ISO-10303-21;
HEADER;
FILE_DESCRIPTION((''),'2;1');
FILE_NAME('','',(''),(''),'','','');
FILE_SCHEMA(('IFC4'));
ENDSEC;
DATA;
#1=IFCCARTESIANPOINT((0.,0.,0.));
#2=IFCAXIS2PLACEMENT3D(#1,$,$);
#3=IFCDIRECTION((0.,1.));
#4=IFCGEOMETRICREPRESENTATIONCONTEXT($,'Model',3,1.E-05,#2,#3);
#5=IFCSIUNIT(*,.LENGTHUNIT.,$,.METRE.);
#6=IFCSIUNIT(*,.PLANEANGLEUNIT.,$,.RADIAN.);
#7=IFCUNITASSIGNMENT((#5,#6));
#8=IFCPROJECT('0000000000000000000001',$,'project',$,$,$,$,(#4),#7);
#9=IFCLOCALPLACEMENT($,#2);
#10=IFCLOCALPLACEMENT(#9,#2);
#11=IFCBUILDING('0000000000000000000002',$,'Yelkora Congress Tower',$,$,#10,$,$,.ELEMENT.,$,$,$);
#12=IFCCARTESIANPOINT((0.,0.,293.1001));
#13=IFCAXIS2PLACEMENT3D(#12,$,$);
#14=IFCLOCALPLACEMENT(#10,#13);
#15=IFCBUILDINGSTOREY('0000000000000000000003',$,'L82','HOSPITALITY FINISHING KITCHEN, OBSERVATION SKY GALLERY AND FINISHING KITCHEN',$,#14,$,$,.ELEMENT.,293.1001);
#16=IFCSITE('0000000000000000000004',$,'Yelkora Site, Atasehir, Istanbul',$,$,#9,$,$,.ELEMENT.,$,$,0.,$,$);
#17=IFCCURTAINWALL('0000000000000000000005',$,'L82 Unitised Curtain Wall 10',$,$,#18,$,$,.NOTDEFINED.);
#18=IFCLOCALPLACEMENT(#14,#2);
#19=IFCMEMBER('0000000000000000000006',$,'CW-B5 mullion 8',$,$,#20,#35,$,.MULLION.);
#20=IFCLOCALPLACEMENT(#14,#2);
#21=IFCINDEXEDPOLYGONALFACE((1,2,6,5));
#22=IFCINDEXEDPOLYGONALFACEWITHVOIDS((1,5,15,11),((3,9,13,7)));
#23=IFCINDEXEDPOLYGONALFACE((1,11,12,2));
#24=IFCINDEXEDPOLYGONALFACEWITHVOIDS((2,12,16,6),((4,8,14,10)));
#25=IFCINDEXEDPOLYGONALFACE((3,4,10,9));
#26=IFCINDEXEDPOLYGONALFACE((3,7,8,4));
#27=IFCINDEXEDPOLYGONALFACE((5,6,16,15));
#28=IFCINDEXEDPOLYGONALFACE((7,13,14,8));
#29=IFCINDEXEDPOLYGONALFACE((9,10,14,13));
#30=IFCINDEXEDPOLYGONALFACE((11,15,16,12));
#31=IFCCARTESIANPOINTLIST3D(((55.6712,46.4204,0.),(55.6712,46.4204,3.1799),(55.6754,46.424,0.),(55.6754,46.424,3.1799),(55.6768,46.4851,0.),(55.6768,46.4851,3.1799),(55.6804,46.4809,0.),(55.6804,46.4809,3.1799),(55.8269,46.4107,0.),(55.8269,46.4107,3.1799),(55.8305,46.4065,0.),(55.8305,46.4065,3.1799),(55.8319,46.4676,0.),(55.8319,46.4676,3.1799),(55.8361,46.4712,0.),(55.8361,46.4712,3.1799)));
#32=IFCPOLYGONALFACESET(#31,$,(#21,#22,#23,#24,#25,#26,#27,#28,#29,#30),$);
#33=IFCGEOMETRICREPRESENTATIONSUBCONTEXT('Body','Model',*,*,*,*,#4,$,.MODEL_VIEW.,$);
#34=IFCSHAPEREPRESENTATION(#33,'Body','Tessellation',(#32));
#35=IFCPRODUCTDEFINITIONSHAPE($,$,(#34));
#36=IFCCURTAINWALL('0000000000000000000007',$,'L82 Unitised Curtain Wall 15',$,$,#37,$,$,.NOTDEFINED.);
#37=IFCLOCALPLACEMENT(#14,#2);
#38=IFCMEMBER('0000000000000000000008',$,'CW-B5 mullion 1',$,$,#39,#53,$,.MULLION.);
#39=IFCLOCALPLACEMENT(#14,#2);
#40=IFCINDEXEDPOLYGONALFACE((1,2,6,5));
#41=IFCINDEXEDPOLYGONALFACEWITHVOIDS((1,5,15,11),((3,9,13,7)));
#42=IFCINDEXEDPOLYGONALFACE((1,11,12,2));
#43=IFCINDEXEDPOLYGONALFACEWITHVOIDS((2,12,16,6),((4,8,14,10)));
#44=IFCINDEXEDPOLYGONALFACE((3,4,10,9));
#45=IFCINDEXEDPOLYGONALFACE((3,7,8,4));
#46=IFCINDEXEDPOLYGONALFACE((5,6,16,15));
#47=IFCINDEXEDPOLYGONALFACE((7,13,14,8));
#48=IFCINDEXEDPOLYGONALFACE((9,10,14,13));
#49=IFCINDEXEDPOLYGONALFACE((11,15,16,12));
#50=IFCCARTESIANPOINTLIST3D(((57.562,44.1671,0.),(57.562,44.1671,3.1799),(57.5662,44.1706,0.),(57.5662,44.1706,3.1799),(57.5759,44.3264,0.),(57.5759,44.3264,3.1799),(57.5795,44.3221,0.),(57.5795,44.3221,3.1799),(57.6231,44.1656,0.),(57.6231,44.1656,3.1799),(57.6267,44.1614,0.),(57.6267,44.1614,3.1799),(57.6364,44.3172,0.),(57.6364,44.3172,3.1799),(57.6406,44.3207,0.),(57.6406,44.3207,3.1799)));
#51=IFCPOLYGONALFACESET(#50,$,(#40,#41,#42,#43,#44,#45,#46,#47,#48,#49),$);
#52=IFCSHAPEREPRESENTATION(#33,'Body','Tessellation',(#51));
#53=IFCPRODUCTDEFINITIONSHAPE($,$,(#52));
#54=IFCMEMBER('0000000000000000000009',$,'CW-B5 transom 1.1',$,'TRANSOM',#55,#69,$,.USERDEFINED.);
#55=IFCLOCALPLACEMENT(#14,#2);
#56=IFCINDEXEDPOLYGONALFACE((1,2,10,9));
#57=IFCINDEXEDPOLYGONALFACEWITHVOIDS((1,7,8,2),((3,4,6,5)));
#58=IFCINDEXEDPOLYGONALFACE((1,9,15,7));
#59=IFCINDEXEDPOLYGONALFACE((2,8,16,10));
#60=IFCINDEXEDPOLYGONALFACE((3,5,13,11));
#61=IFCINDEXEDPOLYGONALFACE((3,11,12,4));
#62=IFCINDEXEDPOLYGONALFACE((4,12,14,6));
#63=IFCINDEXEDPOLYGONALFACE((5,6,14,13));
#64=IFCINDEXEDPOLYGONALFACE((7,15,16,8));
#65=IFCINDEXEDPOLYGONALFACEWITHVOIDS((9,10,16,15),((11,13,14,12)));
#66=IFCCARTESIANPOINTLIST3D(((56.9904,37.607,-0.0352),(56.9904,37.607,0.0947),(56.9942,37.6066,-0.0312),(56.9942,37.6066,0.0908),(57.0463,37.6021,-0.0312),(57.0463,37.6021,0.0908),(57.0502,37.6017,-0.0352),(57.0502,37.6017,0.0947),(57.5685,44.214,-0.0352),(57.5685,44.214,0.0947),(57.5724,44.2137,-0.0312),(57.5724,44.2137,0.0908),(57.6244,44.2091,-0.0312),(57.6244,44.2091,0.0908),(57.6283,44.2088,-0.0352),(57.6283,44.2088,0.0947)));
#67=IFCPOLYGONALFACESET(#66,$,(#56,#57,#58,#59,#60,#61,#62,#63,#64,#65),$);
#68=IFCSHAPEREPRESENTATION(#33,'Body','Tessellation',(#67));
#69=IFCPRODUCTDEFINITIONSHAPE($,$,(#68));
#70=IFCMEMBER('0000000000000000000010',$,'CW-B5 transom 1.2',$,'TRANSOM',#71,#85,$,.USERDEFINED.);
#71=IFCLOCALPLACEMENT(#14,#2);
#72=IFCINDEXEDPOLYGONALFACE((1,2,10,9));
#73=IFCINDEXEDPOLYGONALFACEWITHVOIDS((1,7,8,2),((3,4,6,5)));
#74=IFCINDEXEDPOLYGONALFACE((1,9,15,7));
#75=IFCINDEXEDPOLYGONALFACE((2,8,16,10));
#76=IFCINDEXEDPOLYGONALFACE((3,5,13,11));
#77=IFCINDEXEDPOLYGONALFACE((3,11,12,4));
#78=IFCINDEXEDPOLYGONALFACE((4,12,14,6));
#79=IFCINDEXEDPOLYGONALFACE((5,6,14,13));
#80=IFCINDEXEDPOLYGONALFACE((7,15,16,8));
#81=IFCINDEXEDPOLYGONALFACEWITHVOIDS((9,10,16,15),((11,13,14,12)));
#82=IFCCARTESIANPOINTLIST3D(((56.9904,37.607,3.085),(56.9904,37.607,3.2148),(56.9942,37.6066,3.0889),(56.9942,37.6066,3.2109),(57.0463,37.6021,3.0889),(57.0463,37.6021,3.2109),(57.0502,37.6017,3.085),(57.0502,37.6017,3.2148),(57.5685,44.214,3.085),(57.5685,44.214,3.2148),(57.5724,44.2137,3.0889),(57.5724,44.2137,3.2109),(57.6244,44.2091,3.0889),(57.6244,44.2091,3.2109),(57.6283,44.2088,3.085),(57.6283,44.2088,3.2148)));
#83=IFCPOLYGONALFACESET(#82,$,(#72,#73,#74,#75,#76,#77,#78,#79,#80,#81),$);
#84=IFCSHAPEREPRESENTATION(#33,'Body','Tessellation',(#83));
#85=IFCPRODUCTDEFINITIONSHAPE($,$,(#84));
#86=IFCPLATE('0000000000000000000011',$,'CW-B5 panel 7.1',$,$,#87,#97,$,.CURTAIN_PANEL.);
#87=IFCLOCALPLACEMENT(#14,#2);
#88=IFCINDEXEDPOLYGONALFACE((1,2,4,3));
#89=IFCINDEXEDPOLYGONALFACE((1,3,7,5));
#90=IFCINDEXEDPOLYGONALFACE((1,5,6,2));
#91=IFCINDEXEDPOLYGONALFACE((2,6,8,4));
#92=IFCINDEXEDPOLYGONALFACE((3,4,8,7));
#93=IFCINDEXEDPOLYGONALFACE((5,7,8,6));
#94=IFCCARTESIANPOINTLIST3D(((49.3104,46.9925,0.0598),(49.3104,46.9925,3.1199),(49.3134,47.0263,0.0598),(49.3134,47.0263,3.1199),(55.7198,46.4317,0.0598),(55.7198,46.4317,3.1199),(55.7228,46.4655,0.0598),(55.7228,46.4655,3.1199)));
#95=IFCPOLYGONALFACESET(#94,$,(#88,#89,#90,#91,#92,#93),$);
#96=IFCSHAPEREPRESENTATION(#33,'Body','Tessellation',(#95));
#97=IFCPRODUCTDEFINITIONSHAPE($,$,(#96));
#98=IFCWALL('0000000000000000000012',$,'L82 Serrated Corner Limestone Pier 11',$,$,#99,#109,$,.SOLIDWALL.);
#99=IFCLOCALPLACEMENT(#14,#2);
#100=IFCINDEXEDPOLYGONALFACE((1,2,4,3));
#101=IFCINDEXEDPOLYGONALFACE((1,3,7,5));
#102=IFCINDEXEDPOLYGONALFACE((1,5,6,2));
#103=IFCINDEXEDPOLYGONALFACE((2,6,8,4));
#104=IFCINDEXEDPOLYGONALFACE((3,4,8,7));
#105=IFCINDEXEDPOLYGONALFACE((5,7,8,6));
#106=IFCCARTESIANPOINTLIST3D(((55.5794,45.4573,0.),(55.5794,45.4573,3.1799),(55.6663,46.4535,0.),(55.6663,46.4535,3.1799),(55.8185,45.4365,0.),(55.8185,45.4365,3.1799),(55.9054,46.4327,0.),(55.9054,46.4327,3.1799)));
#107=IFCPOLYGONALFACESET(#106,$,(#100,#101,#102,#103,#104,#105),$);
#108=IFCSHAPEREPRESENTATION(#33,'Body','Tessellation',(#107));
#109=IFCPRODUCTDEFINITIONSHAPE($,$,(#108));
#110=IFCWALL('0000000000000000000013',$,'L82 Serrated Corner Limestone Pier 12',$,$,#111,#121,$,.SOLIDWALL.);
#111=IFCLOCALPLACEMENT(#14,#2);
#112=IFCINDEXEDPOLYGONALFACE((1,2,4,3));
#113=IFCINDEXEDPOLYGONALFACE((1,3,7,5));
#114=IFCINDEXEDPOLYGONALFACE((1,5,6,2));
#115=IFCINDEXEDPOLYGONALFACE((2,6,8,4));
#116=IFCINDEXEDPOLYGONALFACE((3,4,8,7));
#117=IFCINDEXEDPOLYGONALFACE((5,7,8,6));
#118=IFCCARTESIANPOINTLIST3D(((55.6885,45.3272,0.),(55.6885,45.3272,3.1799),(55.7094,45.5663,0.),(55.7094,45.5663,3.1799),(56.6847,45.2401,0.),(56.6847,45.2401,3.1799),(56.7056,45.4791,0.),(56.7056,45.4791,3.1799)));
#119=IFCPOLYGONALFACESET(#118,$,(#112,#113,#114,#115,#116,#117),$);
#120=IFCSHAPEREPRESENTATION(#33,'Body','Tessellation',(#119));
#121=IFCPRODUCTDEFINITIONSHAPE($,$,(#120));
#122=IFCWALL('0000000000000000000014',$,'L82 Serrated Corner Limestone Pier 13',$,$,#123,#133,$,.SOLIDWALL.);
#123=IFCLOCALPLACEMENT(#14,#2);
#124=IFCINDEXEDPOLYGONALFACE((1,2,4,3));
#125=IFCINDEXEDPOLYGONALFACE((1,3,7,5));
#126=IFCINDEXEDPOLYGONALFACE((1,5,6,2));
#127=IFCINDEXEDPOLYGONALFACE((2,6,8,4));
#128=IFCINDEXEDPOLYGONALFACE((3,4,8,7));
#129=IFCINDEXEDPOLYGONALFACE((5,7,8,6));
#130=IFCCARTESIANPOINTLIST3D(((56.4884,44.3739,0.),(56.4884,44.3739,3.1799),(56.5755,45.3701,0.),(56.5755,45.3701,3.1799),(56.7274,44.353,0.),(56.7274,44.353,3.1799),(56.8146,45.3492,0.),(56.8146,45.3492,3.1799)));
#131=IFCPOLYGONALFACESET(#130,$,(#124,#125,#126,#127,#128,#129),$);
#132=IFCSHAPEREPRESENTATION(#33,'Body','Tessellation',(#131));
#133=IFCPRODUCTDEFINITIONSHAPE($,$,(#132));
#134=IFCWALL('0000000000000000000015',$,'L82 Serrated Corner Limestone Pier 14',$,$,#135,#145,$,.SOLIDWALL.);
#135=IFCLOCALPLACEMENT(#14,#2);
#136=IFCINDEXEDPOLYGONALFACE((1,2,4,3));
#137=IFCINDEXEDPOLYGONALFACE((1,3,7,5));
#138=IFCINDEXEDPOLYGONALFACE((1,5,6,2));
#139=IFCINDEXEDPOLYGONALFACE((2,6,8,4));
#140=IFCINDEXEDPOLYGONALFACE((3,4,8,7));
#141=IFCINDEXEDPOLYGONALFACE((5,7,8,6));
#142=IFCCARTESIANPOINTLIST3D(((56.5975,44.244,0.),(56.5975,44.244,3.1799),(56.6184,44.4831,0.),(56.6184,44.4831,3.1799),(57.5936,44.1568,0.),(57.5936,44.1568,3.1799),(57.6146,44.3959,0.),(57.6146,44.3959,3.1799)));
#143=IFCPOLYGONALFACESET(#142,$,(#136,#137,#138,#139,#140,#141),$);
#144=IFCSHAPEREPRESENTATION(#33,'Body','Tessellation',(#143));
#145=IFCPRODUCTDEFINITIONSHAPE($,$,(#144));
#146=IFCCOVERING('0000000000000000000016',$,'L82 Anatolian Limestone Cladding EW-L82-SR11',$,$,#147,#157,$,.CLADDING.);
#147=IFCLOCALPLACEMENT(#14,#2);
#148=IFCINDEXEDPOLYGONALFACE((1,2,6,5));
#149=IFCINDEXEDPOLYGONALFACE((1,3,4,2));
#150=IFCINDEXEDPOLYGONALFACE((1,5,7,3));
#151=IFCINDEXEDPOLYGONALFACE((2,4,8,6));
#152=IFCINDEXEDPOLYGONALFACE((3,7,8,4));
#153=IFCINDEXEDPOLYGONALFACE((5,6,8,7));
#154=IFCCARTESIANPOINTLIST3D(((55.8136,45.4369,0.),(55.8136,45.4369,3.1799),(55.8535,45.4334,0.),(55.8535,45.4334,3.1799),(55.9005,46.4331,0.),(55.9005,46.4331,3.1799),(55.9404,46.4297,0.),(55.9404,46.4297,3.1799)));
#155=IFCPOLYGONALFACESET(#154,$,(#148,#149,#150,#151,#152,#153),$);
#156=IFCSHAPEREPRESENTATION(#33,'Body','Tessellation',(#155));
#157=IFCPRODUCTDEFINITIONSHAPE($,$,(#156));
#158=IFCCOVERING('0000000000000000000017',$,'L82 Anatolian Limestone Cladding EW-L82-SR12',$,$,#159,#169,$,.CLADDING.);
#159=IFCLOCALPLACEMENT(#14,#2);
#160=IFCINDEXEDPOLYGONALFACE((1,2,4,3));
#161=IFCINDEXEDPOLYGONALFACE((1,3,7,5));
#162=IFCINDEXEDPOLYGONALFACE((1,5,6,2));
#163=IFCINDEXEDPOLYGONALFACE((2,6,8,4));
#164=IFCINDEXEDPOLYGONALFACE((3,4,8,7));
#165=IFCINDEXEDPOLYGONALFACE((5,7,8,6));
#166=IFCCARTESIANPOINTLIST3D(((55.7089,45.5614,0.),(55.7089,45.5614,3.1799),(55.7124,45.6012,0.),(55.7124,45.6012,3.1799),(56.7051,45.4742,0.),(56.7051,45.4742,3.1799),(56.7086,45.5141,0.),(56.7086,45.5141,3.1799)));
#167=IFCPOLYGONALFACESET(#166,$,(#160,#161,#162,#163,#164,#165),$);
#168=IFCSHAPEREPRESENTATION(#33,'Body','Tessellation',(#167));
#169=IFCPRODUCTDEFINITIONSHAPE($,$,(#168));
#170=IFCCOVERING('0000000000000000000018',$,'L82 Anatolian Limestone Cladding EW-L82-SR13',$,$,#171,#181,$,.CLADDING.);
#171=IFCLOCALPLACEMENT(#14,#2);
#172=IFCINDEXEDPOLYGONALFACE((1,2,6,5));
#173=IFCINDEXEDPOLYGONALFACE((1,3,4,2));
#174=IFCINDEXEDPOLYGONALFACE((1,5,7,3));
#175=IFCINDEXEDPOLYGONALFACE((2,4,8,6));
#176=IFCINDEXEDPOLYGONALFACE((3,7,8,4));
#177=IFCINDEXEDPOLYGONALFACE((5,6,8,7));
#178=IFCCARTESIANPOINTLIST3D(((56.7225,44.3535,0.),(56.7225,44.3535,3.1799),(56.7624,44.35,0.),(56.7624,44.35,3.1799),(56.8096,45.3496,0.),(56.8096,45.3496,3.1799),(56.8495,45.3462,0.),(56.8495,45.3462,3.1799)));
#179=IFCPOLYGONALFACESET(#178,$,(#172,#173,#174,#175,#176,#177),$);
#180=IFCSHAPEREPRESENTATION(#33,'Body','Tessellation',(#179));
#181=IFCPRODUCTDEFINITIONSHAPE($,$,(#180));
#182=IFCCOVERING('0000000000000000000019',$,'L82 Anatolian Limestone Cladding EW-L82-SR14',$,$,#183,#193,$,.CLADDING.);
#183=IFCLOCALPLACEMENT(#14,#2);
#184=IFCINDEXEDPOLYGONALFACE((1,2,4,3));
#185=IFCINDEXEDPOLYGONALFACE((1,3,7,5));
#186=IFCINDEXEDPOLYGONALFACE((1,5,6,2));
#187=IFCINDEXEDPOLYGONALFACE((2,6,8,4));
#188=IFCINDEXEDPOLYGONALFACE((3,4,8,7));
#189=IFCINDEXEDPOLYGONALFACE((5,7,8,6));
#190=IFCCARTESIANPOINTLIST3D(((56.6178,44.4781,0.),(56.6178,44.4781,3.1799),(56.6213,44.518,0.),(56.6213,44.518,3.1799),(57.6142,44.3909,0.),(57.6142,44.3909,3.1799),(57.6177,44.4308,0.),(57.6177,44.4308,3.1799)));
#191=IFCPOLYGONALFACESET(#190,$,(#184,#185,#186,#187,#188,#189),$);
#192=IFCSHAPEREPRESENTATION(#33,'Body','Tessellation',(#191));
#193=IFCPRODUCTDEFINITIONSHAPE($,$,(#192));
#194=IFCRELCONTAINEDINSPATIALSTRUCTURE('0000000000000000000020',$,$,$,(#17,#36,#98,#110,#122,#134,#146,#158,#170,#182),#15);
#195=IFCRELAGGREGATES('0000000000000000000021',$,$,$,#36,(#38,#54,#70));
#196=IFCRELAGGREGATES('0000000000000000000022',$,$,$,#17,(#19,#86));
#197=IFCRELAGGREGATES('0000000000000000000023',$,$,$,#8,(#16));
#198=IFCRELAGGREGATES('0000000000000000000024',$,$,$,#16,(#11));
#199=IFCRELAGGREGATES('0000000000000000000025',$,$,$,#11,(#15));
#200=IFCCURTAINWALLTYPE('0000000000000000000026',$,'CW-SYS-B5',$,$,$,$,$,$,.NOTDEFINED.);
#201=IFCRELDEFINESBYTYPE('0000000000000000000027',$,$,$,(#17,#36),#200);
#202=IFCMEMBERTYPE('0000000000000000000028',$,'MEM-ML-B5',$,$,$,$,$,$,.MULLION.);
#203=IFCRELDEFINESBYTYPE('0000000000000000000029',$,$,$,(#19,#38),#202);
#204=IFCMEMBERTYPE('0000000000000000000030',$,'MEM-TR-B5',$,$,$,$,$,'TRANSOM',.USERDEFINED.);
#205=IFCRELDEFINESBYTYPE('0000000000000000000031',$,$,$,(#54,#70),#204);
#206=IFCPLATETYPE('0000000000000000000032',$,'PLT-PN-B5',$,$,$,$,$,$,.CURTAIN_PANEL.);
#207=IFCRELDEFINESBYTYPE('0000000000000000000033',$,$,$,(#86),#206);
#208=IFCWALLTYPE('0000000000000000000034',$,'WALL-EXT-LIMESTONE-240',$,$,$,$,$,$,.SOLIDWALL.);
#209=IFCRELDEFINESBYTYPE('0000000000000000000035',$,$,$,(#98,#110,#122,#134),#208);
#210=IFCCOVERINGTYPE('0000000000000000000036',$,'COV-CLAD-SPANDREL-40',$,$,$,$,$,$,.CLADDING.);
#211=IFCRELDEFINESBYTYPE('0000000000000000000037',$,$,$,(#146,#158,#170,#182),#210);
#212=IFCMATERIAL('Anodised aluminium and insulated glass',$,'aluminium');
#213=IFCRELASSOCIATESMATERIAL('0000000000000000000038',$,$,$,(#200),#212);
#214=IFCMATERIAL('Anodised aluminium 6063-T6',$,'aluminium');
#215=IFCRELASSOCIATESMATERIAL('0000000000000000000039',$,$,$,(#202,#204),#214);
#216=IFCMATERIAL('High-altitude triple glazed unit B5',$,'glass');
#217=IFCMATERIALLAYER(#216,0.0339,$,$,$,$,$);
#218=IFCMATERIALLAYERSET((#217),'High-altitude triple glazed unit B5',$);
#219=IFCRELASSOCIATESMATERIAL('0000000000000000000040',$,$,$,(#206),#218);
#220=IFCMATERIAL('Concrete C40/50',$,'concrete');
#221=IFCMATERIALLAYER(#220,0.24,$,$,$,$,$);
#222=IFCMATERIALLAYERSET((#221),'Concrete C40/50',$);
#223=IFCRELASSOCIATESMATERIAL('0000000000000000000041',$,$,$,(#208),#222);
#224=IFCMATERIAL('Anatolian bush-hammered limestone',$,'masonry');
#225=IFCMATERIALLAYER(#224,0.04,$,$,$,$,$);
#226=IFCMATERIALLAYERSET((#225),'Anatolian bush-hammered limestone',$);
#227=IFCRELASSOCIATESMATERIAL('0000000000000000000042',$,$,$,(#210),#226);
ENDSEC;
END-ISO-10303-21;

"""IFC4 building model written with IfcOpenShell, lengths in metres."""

from ifc_helpers import new_model, si_unit, direction, frame, frame_2d, origin, origin_2d, place, context, subcontext, project, spatial, rectangle, hollow_rectangle, extrude, material, layer, layer_set, material_profile, profile_set, type_object, element, aggregate, save


model = new_model("IFC4")

# Units and contexts
model_context = context("Model", 3, precision=1e-05, world=origin(), true_north=direction((0.0, 1.0)))
body_context = subcontext(model_context, "Body", "Model", "MODEL_VIEW")
ifc_project = project(units=[si_unit("LENGTHUNIT", "METRE"), si_unit("PLANEANGLEUNIT", "RADIAN")], contexts=[model_context])

# Site, building, storey
site_placement = place(None, origin())
site = spatial("IfcSite", under=ifc_project, at=site_placement, Name="Yelkora Site, Atasehir, Istanbul", CompositionType="ELEMENT", RefElevation=0.0)
building_placement = place(site_placement, origin())
building = spatial("IfcBuilding", under=site, at=building_placement, Name="Yelkora Congress Tower", CompositionType="ELEMENT")
storey_placement = place(building_placement, frame((0.0, 0.0, 293.1001)))
storey = spatial("IfcBuildingStorey", under=building, at=storey_placement, Name="L82", Description="HOSPITALITY FINISHING KITCHEN, OBSERVATION SKY GALLERY AND FINISHING KITCHEN", CompositionType="ELEMENT", Elevation=293.1001)

# Curtain wall, member
ifc_material_1 = material(Name="Anodised aluminium and insulated glass", Category="aluminium")
curtain_wall_type = type_object("IfcCurtainWallType", Name="CW-SYS-B5", PredefinedType="NOTDEFINED", material=ifc_material_1)
curtain_wall_1_placement = place(storey_placement, origin())
curtain_wall_1 = element("IfcCurtainWall", 1, at=curtain_wall_1_placement, inside=storey, type_object=curtain_wall_type, Name="L82 Unitised Curtain Wall 10", PredefinedType="NOTDEFINED")
ifc_material_2 = material(Name="Anodised aluminium 6063-T6", Category="aluminium")
ifc_material_profile_1 = material_profile(ifc_material_2, hollow_rectangle(XDim=0.0649, YDim=0.1599, WallThickness=0.0039, at=origin_2d()), Name="ALU 65x160x4")
ifc_profile_set_1 = profile_set([ifc_material_profile_1], Name="Anodised aluminium 6063-T6")
member_type_1 = type_object("IfcMemberType", Name="MEM-ML-B5", PredefinedType="MULLION", material=ifc_profile_set_1)
member_1_placement = place(storey_placement, frame((55.7537, 46.4458, 0.0), z_axis=(0.0, 0.0, 1.0), x_axis=(0.087157, 0.996195, 0.0)))
member_1 = element("IfcMember", 2, at=member_1_placement, type_object=member_type_1, Name="CW-B5 mullion 8", PredefinedType="MULLION", context=body_context, shape_type="SweptSolid", body=[
    extrude(hollow_rectangle(XDim=0.0649, YDim=0.1599, WallThickness=0.0039, at=origin_2d()), origin(), (0.0, 0.0, 1.0), 3.1799),
])

# Curtain wall, members
curtain_wall_2_placement = place(storey_placement, origin())
curtain_wall_2 = element("IfcCurtainWall", 3, at=curtain_wall_2_placement, inside=storey, type_object=curtain_wall_type, Name="L82 Unitised Curtain Wall 15", PredefinedType="NOTDEFINED")
member_2_placement = place(storey_placement, frame((57.6013, 44.2439, 0.0), z_axis=(0.0, 0.0, 1.0), x_axis=(0.996194, -0.087158, 0.0)))
member_2 = element("IfcMember", 4, at=member_2_placement, type_object=member_type_1, Name="CW-B5 mullion 1", PredefinedType="MULLION", context=body_context, shape_type="SweptSolid", body=[
    extrude(hollow_rectangle(XDim=0.0649, YDim=0.1599, WallThickness=0.0039, at=origin_2d()), origin(), (0.0, 0.0, 1.0), 3.1799),
])
ifc_material_profile_2 = material_profile(ifc_material_2, hollow_rectangle(XDim=0.0601, YDim=0.1299, WallThickness=0.0039, at=origin_2d()), Name="ALU 60x130x4")
ifc_profile_set_2 = profile_set([ifc_material_profile_2], Name="Anodised aluminium 6063-T6")
member_type_2 = type_object("IfcMemberType", Name="MEM-TR-B5", ElementType="TRANSOM", PredefinedType="USERDEFINED", material=ifc_profile_set_2)
member_3_placement = place(storey_placement, frame((57.5984, 44.2114, 0.0298), z_axis=(-0.087166, -0.996194, 0.0), x_axis=(0.996194, -0.087166, 0.0)))
member_3 = element("IfcMember", 5, at=member_3_placement, type_object=member_type_2, Name="CW-B5 transom 1.1", ObjectType="TRANSOM", PredefinedType="USERDEFINED", context=body_context, shape_type="SweptSolid", body=[
    extrude(hollow_rectangle(XDim=0.0601, YDim=0.1299, WallThickness=0.0039, at=origin_2d()), origin(), (0.0, 0.0, 1.0), 6.6323),
])
member_4_placement = place(storey_placement, frame((57.5984, 44.2114, 3.1499), z_axis=(-0.087166, -0.996194, 0.0), x_axis=(0.996194, -0.087166, 0.0)))
member_4 = element("IfcMember", 6, at=member_4_placement, type_object=member_type_2, Name="CW-B5 transom 1.2", ObjectType="TRANSOM", PredefinedType="USERDEFINED", context=body_context, shape_type="SweptSolid", body=[
    extrude(hollow_rectangle(XDim=0.0601, YDim=0.1299, WallThickness=0.0039, at=origin_2d()), origin(), (0.0, 0.0, 1.0), 6.6323),
])
aggregate(curtain_wall_2, [member_2, member_3, member_4])

# Plate
ifc_material_3 = material(Name="High-altitude triple glazed unit B5", Category="glass")
ifc_layer_1 = layer(ifc_material_3, 0.0339)
ifc_layer_set_1 = layer_set([ifc_layer_1], Name="High-altitude triple glazed unit B5")
plate_type = type_object("IfcPlateType", Name="PLT-PN-B5", PredefinedType="CURTAIN_PANEL", material=ifc_layer_set_1)
plate_placement = place(storey_placement, frame((52.5166, 46.729, 0.0598), z_axis=(0.0, 0.0, 1.0), x_axis=(0.996195, -0.087157, 0.0)))
plate = element("IfcPlate", 7, at=plate_placement, type_object=plate_type, Name="CW-B5 panel 7.1", PredefinedType="CURTAIN_PANEL", context=body_context, shape_type="SweptSolid", body=[
    extrude(rectangle(XDim=6.4338, YDim=0.0339, at=origin_2d()), origin(), (0.0, 0.0, 1.0), 3.0601),
])
aggregate(curtain_wall_1, [member_1, plate])

# Walls
ifc_material_4 = material(Name="Concrete C40/50", Category="concrete")
ifc_layer_2 = layer(ifc_material_4, 0.24)
ifc_layer_set_2 = layer_set([ifc_layer_2], Name="Concrete C40/50")
wall_type = type_object("IfcWallType", Name="WALL-EXT-LIMESTONE-240", PredefinedType="SOLIDWALL", material=ifc_layer_set_2)
for number, where, z_axis, x_axis, name in (
    (8, (55.7859, 46.4431, 0.0), (0.0, 0.0, 1.0), (-0.086903, -0.996217, 0.0), "L82 Serrated Corner Limestone Pier 11"),
    (9, (55.699, 45.4468, 0.0), (0.0, 0.0, 1.0), (0.996194, -0.087167, 0.0), "L82 Serrated Corner Limestone Pier 12"),
    (10, (56.6951, 45.3596, 0.0), (0.0, 0.0, 1.0), (-0.087167, -0.996194, 0.0), "L82 Serrated Corner Limestone Pier 13"),
    (11, (56.6079, 44.3635, 0.0), (0.0, 0.0, 1.0), (0.996194, -0.087167, 0.0), "L82 Serrated Corner Limestone Pier 14"),
):
    element("IfcWall", number, at=place(storey_placement, frame(where, z_axis=z_axis, x_axis=x_axis)), inside=storey, type_object=wall_type, Name=name, PredefinedType="SOLIDWALL", context=body_context, shape_type="SweptSolid", body=[
        extrude(rectangle(XDim=1.0, YDim=0.24, at=frame_2d((0.5, 0.0))), origin(), (0.0, 0.0, 1.0), 3.1799),
    ])

# Coverings
ifc_material_5 = material(Name="Anatolian bush-hammered limestone", Category="masonry")
ifc_layer_3 = layer(ifc_material_5, 0.04)
ifc_layer_set_3 = layer_set([ifc_layer_3], Name="Anatolian bush-hammered limestone")
covering_type = type_object("IfcCoveringType", Name="COV-CLAD-SPANDREL-40", PredefinedType="CLADDING", material=ifc_layer_set_3)
for number, where, z_axis, x_axis, name in (
    (12, (55.9204, 46.4314, 0.0), (0.0, 0.0, 1.0), (-0.086903, -0.996217, 0.0), "L82 Anatolian Limestone Cladding EW-L82-SR11"),
    (13, (55.7107, 45.5813, 0.0), (0.0, 0.0, 1.0), (0.996194, -0.087167, 0.0), "L82 Anatolian Limestone Cladding EW-L82-SR12"),
    (14, (56.8296, 45.3479, 0.0), (0.0, 0.0, 1.0), (-0.087167, -0.996194, 0.0), "L82 Anatolian Limestone Cladding EW-L82-SR13"),
):
    element("IfcCovering", number, at=place(storey_placement, frame(where, z_axis=z_axis, x_axis=x_axis)), inside=storey, type_object=covering_type, Name=name, PredefinedType="CLADDING", context=body_context, shape_type="SweptSolid", body=[
        extrude(rectangle(XDim=1.0, YDim=0.04, at=frame_2d((0.5, 0.0))), origin(), (0.0, 0.0, 1.0), 3.1799),
    ])
covering_placement = place(storey_placement, frame((56.6196, 44.498, 0.0), z_axis=(0.0, 0.0, 1.0), x_axis=(0.996196, -0.087146, 0.0)))
element("IfcCovering", 15, at=covering_placement, inside=storey, type_object=covering_type, Name="L82 Anatolian Limestone Cladding EW-L82-SR14", PredefinedType="CLADDING", context=body_context, shape_type="SweptSolid", body=[
    extrude(rectangle(XDim=1.0002, YDim=0.04, at=frame_2d((0.5, 0.0))), origin(), (0.0, 0.0, 1.0), 3.1799),
])

save(model, "model.ifc")
